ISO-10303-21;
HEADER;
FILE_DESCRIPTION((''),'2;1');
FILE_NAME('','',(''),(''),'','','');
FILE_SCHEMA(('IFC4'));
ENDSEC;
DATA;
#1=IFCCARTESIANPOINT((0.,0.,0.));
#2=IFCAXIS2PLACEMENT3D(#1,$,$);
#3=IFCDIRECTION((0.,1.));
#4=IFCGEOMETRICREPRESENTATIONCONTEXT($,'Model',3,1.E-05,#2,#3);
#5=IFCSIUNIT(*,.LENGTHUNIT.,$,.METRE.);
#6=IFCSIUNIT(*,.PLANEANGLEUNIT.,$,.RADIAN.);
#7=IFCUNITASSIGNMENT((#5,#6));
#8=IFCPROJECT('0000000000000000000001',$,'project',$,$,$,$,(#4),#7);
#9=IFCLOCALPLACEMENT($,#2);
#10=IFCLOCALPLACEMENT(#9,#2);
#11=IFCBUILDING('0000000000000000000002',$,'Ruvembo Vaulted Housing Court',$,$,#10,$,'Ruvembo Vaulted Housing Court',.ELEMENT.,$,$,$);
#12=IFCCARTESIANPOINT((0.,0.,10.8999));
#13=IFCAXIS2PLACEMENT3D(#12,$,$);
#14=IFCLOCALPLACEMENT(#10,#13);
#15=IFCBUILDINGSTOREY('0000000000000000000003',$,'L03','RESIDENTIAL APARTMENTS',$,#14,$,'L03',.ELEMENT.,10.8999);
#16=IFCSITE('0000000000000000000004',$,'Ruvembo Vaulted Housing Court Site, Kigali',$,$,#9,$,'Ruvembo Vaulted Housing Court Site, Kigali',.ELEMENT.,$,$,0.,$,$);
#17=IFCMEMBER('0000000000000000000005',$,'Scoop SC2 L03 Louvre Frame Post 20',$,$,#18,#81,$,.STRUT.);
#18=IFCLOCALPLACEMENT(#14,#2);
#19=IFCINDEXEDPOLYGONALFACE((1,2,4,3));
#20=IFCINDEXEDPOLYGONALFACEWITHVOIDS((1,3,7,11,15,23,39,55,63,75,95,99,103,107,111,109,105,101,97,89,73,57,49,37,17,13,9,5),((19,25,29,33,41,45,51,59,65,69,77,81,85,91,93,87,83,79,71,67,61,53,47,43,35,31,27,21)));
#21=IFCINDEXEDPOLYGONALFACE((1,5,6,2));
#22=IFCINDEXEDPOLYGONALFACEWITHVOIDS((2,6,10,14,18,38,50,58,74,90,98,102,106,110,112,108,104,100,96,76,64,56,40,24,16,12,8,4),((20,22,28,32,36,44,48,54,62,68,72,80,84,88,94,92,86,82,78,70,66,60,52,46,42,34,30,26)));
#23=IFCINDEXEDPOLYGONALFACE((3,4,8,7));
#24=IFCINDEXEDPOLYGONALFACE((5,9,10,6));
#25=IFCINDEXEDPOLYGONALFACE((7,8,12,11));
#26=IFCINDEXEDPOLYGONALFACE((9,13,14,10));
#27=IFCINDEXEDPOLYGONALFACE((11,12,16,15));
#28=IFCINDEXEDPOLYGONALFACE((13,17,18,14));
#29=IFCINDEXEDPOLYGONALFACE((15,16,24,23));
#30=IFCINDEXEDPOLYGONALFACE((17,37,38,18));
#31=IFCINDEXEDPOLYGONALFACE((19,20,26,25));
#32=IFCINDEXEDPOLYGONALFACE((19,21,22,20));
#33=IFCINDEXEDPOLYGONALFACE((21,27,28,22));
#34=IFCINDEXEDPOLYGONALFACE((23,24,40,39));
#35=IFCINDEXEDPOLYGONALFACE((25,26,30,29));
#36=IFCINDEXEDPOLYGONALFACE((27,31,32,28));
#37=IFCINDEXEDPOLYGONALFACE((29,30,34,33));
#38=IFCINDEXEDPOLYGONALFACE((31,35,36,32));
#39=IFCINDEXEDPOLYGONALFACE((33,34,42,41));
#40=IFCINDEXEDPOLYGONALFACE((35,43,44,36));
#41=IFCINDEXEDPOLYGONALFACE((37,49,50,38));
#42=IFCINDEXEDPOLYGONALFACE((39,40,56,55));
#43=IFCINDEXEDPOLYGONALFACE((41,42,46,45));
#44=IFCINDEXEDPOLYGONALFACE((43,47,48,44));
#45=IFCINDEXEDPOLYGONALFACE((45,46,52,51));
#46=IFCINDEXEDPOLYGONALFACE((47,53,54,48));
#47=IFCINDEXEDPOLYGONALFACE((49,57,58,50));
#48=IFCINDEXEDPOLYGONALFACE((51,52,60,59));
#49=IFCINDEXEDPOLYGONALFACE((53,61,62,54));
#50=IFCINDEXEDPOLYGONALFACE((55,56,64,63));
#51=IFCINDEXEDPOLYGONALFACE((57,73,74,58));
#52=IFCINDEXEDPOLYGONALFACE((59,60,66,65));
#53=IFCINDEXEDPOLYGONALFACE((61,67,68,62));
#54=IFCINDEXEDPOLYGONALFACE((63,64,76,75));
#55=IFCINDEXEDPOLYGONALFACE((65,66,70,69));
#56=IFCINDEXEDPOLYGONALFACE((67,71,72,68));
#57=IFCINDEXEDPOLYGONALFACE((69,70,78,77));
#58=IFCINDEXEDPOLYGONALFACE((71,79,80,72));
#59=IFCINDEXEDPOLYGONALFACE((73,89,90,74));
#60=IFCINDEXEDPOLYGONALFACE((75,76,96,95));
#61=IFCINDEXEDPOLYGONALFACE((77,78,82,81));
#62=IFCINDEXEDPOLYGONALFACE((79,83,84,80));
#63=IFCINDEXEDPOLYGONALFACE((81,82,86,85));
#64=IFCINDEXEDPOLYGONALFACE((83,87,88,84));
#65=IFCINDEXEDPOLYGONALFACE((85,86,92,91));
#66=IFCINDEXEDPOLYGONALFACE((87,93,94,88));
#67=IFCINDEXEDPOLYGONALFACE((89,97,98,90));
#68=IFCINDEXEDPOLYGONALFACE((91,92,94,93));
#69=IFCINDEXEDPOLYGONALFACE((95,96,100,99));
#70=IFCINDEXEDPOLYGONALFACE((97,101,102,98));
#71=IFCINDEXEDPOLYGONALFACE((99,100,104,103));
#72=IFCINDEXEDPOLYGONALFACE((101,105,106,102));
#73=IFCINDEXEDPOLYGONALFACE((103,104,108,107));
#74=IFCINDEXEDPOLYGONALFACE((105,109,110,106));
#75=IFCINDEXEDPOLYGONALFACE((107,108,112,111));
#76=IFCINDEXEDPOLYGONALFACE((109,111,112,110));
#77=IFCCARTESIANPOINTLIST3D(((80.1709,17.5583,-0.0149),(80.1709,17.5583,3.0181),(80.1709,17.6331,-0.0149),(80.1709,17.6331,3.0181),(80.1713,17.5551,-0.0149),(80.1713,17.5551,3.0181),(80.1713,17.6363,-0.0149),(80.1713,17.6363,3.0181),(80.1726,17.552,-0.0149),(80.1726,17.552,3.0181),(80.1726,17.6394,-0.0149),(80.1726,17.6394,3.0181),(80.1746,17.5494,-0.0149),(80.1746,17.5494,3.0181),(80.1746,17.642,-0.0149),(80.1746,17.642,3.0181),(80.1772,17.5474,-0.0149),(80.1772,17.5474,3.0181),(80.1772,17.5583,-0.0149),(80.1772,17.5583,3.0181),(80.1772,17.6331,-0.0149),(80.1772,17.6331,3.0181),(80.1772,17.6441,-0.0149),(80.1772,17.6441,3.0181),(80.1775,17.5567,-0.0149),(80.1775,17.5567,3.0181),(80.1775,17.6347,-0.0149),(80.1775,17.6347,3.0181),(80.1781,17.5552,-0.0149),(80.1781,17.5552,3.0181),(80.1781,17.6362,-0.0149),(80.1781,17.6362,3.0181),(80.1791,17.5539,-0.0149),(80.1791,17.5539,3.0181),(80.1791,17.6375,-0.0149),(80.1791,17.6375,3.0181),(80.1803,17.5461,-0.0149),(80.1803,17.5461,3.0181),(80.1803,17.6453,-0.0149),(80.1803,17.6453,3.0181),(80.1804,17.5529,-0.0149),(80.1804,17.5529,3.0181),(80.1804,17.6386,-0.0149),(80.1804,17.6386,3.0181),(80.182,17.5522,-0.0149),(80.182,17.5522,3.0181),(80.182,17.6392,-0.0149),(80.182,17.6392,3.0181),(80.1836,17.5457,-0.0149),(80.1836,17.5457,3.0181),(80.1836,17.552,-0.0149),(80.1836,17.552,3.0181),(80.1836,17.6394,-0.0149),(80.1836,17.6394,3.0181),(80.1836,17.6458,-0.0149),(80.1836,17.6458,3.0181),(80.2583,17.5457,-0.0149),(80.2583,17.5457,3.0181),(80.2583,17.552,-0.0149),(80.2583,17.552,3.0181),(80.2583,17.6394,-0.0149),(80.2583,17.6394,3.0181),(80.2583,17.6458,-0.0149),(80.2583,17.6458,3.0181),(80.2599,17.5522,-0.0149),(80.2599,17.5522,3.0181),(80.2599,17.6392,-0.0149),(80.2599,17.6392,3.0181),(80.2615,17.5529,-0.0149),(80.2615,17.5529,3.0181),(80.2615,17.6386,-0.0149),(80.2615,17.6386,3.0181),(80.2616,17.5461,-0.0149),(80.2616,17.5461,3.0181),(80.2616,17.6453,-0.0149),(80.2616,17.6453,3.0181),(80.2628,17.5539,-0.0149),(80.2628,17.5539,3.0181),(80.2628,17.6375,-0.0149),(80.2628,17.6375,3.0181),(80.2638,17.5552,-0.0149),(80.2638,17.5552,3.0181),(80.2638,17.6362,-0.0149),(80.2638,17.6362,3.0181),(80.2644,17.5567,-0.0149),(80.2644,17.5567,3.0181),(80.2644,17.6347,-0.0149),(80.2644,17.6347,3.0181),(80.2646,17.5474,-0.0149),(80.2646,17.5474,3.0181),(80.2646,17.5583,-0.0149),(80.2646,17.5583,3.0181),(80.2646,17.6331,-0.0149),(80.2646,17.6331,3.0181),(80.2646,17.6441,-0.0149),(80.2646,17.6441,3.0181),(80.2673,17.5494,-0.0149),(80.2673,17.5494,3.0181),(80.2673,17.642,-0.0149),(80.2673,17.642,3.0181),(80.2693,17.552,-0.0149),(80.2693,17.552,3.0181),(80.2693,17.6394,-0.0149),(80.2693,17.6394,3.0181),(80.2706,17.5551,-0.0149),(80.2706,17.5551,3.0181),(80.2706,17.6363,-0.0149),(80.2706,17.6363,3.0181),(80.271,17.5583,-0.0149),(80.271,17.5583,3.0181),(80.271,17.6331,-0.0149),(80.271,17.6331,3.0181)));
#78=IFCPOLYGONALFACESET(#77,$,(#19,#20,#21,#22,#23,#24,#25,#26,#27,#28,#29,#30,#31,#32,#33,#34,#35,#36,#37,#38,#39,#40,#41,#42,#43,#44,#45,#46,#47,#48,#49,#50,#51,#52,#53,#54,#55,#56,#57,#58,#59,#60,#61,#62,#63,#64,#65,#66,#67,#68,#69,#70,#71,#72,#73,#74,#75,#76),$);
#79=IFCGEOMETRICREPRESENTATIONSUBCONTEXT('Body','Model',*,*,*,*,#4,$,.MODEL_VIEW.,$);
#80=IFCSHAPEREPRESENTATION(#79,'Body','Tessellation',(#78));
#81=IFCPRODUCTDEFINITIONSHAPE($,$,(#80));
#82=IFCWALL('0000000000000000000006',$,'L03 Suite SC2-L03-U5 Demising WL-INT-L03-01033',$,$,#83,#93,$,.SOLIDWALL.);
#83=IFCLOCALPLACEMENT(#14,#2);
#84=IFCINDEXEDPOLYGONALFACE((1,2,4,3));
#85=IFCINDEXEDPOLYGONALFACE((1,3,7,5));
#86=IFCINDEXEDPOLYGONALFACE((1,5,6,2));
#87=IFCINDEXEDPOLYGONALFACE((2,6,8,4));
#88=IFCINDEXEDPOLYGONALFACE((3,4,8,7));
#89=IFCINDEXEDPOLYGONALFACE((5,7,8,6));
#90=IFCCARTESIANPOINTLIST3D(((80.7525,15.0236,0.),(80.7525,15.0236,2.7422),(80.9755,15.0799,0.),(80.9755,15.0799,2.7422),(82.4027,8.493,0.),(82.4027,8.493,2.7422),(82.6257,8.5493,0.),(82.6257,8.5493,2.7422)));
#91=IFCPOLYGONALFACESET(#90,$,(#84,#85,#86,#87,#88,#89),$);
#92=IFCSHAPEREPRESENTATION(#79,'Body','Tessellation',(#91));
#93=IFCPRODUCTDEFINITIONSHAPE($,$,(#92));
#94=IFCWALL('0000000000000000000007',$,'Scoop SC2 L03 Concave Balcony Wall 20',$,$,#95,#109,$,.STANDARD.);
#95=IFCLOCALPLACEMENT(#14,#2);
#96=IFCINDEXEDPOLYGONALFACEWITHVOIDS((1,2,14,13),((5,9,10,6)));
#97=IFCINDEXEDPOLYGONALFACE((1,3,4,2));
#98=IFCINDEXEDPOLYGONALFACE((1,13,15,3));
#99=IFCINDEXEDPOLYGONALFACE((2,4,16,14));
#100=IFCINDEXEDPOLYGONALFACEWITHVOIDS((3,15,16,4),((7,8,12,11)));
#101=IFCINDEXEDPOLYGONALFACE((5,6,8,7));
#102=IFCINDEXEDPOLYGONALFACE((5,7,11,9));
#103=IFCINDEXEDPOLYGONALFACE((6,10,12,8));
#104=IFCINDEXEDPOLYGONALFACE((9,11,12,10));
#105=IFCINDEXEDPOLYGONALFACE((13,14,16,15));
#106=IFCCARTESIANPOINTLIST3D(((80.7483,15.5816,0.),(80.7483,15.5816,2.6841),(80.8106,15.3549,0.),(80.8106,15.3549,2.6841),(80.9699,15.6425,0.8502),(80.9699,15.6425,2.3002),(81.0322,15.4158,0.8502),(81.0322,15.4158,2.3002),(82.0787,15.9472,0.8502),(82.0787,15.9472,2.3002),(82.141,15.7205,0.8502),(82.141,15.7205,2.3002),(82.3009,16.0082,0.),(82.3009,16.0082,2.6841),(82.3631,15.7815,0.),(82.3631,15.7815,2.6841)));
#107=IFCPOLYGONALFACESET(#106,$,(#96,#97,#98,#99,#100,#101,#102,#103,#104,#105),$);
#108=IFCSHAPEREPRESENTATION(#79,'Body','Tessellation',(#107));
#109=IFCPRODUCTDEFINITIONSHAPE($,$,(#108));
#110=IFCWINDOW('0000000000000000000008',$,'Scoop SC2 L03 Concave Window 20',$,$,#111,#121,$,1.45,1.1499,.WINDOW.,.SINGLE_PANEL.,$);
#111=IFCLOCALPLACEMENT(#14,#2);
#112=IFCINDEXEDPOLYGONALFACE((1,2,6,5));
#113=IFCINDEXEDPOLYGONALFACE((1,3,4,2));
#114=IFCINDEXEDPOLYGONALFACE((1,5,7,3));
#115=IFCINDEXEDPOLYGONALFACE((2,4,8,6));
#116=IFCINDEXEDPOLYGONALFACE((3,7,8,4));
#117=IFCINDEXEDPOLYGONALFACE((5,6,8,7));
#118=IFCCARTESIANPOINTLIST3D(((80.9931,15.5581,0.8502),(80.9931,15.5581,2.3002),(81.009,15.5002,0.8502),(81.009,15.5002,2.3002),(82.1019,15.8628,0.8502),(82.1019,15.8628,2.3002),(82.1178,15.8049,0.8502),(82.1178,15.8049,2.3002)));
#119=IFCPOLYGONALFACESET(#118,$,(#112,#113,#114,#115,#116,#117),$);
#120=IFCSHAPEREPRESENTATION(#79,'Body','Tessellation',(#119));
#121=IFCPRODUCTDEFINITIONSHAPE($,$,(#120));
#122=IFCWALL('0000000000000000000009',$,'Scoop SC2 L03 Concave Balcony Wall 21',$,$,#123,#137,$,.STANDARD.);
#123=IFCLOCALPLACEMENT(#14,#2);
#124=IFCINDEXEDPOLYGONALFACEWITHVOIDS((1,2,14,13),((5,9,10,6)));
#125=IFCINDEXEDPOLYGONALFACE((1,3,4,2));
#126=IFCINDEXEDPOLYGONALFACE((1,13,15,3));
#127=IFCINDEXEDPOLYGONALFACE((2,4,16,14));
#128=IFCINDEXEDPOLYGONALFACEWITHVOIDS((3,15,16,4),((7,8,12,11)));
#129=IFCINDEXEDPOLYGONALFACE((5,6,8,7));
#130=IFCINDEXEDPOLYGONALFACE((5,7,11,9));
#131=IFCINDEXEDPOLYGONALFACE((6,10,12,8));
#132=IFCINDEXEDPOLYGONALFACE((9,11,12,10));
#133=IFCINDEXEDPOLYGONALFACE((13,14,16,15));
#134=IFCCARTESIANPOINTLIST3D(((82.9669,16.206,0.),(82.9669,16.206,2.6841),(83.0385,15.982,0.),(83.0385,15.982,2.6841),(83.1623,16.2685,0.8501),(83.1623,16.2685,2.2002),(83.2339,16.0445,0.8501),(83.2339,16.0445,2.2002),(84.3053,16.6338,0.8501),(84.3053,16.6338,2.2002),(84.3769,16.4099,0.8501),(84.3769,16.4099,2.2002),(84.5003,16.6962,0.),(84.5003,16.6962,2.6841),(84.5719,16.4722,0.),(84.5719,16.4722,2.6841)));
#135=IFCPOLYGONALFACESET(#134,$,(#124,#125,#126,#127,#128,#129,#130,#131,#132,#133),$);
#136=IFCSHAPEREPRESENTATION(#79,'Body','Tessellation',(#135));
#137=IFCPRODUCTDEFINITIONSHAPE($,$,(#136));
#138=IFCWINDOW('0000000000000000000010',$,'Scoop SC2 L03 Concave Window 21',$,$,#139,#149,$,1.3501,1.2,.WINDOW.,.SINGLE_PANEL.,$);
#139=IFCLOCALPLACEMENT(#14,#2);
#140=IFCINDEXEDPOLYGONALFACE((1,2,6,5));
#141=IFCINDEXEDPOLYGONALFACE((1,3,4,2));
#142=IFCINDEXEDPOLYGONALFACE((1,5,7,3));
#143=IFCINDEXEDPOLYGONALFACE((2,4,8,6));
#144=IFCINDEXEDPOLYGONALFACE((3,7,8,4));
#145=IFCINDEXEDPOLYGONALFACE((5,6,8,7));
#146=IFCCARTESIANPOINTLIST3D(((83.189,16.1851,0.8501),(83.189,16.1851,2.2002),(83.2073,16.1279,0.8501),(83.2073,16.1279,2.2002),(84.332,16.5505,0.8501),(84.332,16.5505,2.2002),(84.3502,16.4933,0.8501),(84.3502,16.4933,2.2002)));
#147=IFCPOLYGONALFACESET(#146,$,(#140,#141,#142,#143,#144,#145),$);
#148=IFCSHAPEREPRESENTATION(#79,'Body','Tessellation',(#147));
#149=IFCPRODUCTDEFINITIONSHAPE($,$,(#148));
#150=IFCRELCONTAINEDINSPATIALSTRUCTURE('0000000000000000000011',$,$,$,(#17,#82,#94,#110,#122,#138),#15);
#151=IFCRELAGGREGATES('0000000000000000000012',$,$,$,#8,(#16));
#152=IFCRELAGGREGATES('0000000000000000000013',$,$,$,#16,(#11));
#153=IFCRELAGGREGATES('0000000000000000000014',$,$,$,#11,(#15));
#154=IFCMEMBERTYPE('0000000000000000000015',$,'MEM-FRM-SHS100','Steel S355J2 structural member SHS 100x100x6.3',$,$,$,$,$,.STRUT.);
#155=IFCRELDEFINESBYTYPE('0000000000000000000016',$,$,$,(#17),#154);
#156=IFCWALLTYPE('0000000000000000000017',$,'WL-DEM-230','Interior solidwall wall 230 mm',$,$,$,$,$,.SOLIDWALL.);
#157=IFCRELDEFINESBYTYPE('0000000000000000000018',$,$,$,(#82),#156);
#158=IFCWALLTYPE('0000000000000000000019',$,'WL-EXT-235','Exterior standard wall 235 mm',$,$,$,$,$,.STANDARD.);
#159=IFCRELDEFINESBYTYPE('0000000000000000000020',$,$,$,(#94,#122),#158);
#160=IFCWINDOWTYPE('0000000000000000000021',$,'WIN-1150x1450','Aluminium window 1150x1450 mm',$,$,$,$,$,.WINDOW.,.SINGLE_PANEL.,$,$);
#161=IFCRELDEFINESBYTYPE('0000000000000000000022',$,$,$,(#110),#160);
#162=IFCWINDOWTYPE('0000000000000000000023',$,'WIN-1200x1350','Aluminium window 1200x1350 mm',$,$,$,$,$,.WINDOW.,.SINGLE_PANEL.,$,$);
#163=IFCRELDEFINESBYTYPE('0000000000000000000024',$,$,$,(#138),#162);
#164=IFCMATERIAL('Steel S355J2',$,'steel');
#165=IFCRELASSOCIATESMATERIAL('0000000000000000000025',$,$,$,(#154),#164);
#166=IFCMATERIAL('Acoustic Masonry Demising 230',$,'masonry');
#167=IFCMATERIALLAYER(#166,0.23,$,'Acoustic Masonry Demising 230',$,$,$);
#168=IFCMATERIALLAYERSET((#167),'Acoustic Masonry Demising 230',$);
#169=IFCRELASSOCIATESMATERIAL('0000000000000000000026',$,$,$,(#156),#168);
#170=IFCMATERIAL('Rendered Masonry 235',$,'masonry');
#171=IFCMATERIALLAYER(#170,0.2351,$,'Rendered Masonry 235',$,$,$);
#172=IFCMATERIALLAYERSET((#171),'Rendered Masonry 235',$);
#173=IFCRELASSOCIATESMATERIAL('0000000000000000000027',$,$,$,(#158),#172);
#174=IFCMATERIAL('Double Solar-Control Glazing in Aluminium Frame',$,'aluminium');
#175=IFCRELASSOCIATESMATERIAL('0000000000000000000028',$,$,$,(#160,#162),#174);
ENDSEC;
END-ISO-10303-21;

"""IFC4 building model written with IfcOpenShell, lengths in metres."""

from ifc_helpers import new_model, si_unit, direction, frame, frame_2d, origin, origin_2d, place, context, subcontext, project, spatial, rectangle, hollow_rectangle, extrude, material, layer, layer_set, material_profile, profile_set, type_object, element, fill, save


model = new_model("IFC4")

# Units and contexts
model_context = context("Model", 3, precision=1e-05, world=origin(), true_north=direction((0.0, 1.0)))
body_context = subcontext(model_context, "Body", "Model", "MODEL_VIEW")
ifc_project = project(units=[si_unit("LENGTHUNIT", "METRE"), si_unit("PLANEANGLEUNIT", "RADIAN")], contexts=[model_context])

# Site, building, storey
site_placement = place(None, origin())
site = spatial("IfcSite", under=ifc_project, at=site_placement, Name="Ruvembo Vaulted Housing Court Site, Kigali", LongName="Ruvembo Vaulted Housing Court Site, Kigali", CompositionType="ELEMENT", RefElevation=0.0)
building_placement = place(site_placement, origin())
building = spatial("IfcBuilding", under=site, at=building_placement, Name="Ruvembo Vaulted Housing Court", LongName="Ruvembo Vaulted Housing Court", CompositionType="ELEMENT")
storey_placement = place(building_placement, frame((0.0, 0.0, 10.8999)))
storey = spatial("IfcBuildingStorey", under=building, at=storey_placement, Name="L03", Description="RESIDENTIAL APARTMENTS", LongName="L03", CompositionType="ELEMENT", Elevation=10.8999)

# Shared definitions
ifc_material_1 = material(Name="Steel S355J2", Category="steel")

# Member
ifc_material_profile_1 = material_profile(ifc_material_1, hollow_rectangle(XDim=0.1001, YDim=0.1001, WallThickness=0.0063, InnerFilletRadius=0.0063, OuterFilletRadius=0.0127, at=origin_2d()), Name="SHS 100x100x6.3")
ifc_profile_set_1 = profile_set([ifc_material_profile_1], Name="Steel S355J2")
member_type_1 = type_object("IfcMemberType", Name="MEM-FRM-SHS100", Description="Steel S355J2 structural member SHS 100x100x6.3", PredefinedType="STRUT", material=ifc_profile_set_1)
for number, where, z_axis, x_axis, name in (
    (1, (80.2209, 17.5957, -0.0149), (0.0, 0.0, 1.0), (1.0, 0.0, 0.0), "Scoop SC2 L03 Louvre Frame Post 20"),
):
    element("IfcMember", number, at=place(storey_placement, frame(where, z_axis=z_axis, x_axis=x_axis)), inside=storey, type_object=member_type_1, Name=name, PredefinedType="STRUT", context=body_context, shape_type="SweptSolid", body=[
        extrude(hollow_rectangle(XDim=0.1001, YDim=0.1001, WallThickness=0.0063, InnerFilletRadius=0.0063, OuterFilletRadius=0.0127, at=origin_2d()), origin(), (0.0, 0.0, 1.0), 3.033),
    ])

# Wall
ifc_material_2 = material(Name="Acoustic Masonry Demising 230", Category="masonry")
ifc_layer_1 = layer(ifc_material_2, 0.23, Name="Acoustic Masonry Demising 230")
ifc_layer_set_1 = layer_set([ifc_layer_1], Name="Acoustic Masonry Demising 230")
wall_type_1 = type_object("IfcWallType", Name="WL-DEM-230", Description="Interior solidwall wall 230 mm", PredefinedType="SOLIDWALL", material=ifc_layer_set_1)
wall_1_placement = place(storey_placement, frame((80.864, 15.0518, 0.0), z_axis=(0.0, 0.0, 1.0), x_axis=(0.244982, -0.969528, 0.0)))
element("IfcWall", 2, at=wall_1_placement, inside=storey, type_object=wall_type_1, Name="L03 Suite SC2-L03-U5 Demising WL-INT-L03-01033", PredefinedType="SOLIDWALL", context=body_context, shape_type="SweptSolid", body=[
    extrude(rectangle(XDim=6.7358, YDim=0.23, at=frame_2d((3.3679, 0.0))), origin(), (0.0, 0.0, 1.0), 2.7422),
])

# Shared definitions
ifc_material_3 = material(Name="Rendered Masonry 235", Category="masonry")
ifc_layer_2 = layer(ifc_material_3, 0.2351, Name="Rendered Masonry 235")
ifc_layer_set_2 = layer_set([ifc_layer_2], Name="Rendered Masonry 235")
wall_type_2 = type_object("IfcWallType", Name="WL-EXT-235", Description="Exterior standard wall 235 mm", PredefinedType="STANDARD", material=ifc_layer_set_2)

# Walls, openings, windows
wall_2_placement = place(storey_placement, frame((80.7793, 15.4683, 0.0), z_axis=(0.0, 0.0, 1.0), x_axis=(0.964272, 0.264913, 0.0)))
wall_2 = element("IfcWall", 3, at=wall_2_placement, inside=storey, type_object=wall_type_2, Name="Scoop SC2 L03 Concave Balcony Wall 20", PredefinedType="STANDARD", context=body_context, shape_type="SweptSolid", body=[
    extrude(rectangle(XDim=1.6101, YDim=0.2351, at=frame_2d((0.8052, 0.0))), origin(), (0.0, 0.0, 1.0), 2.6841),
])
opening_1_placement = place(wall_2_placement, frame((0.23, 0.0, 0.8501)))
opening_1 = element("IfcOpeningElement", 4, at=opening_1_placement, cuts=wall_2, PredefinedType="OPENING", context=body_context, shape_type="SweptSolid", body=[
    extrude(rectangle(XDim=1.1499, YDim=1.45, at=frame_2d((0.575, 0.7251))), frame((0.0, 0.1274, 0.0), z_axis=(0.0, -1.0, 0.0), x_axis=(1.0, 0.0, 0.0)), (0.0, 0.0, 1.0), 0.2551),
])
ifc_material_4 = material(Name="Double Solar-Control Glazing in Aluminium Frame", Category="aluminium")
window_type_1 = type_object("IfcWindowType", Name="WIN-1150x1450", Description="Aluminium window 1150x1450 mm", PartitioningType="SINGLE_PANEL", PredefinedType="WINDOW", material=ifc_material_4)
window_1_placement = place(opening_1_placement, origin())
window_1 = element("IfcWindow", 5, at=window_1_placement, inside=storey, type_object=window_type_1, Name="Scoop SC2 L03 Concave Window 20", OverallHeight=1.45, OverallWidth=1.1499, PartitioningType="SINGLE_PANEL", PredefinedType="WINDOW", context=body_context, shape_type="SweptSolid", body=[
    extrude(rectangle(XDim=1.1499, YDim=1.45, at=frame_2d((0.575, 0.7251))), frame((0.0, 0.03, 0.0), z_axis=(0.0, -1.0, 0.0), x_axis=(1.0, 0.0, 0.0)), (0.0, 0.0, 1.0), 0.0601),
])
fill(opening_1, window_1)
wall_3_placement = place(storey_placement, frame((83.0027, 16.094, 0.0), z_axis=(0.0, 0.0, 1.0), x_axis=(0.952509, 0.304512, 0.0)))
wall_3 = element("IfcWall", 6, at=wall_3_placement, inside=storey, type_object=wall_type_2, Name="Scoop SC2 L03 Concave Balcony Wall 21", PredefinedType="STANDARD", context=body_context, shape_type="SweptSolid", body=[
    extrude(rectangle(XDim=1.6099, YDim=0.2351, at=frame_2d((0.8049, 0.0))), origin(), (0.0, 0.0, 1.0), 2.6841),
])
opening_2_placement = place(wall_3_placement, frame((0.2051, 0.0, 0.8501)))
opening_2 = element("IfcOpeningElement", 7, at=opening_2_placement, cuts=wall_3, PredefinedType="OPENING", context=body_context, shape_type="SweptSolid", body=[
    extrude(rectangle(XDim=1.2, YDim=1.3501, at=frame_2d((0.6001, 0.675))), frame((0.0, 0.1274, 0.0), z_axis=(0.0, -1.0, 0.0), x_axis=(1.0, 0.0, 0.0)), (0.0, 0.0, 1.0), 0.2551),
])
window_type_2 = type_object("IfcWindowType", Name="WIN-1200x1350", Description="Aluminium window 1200x1350 mm", PartitioningType="SINGLE_PANEL", PredefinedType="WINDOW", material=ifc_material_4)
window_2_placement = place(opening_2_placement, origin())
window_2 = element("IfcWindow", 8, at=window_2_placement, inside=storey, type_object=window_type_2, Name="Scoop SC2 L03 Concave Window 21", OverallHeight=1.3501, OverallWidth=1.2, PartitioningType="SINGLE_PANEL", PredefinedType="WINDOW", context=body_context, shape_type="SweptSolid", body=[
    extrude(rectangle(XDim=1.2, YDim=1.3501, at=frame_2d((0.6001, 0.675))), frame((0.0, 0.03, 0.0), z_axis=(0.0, -1.0, 0.0), x_axis=(1.0, 0.0, 0.0)), (0.0, 0.0, 1.0), 0.0601),
])
fill(opening_2, window_2)

save(model, "model.ifc")
